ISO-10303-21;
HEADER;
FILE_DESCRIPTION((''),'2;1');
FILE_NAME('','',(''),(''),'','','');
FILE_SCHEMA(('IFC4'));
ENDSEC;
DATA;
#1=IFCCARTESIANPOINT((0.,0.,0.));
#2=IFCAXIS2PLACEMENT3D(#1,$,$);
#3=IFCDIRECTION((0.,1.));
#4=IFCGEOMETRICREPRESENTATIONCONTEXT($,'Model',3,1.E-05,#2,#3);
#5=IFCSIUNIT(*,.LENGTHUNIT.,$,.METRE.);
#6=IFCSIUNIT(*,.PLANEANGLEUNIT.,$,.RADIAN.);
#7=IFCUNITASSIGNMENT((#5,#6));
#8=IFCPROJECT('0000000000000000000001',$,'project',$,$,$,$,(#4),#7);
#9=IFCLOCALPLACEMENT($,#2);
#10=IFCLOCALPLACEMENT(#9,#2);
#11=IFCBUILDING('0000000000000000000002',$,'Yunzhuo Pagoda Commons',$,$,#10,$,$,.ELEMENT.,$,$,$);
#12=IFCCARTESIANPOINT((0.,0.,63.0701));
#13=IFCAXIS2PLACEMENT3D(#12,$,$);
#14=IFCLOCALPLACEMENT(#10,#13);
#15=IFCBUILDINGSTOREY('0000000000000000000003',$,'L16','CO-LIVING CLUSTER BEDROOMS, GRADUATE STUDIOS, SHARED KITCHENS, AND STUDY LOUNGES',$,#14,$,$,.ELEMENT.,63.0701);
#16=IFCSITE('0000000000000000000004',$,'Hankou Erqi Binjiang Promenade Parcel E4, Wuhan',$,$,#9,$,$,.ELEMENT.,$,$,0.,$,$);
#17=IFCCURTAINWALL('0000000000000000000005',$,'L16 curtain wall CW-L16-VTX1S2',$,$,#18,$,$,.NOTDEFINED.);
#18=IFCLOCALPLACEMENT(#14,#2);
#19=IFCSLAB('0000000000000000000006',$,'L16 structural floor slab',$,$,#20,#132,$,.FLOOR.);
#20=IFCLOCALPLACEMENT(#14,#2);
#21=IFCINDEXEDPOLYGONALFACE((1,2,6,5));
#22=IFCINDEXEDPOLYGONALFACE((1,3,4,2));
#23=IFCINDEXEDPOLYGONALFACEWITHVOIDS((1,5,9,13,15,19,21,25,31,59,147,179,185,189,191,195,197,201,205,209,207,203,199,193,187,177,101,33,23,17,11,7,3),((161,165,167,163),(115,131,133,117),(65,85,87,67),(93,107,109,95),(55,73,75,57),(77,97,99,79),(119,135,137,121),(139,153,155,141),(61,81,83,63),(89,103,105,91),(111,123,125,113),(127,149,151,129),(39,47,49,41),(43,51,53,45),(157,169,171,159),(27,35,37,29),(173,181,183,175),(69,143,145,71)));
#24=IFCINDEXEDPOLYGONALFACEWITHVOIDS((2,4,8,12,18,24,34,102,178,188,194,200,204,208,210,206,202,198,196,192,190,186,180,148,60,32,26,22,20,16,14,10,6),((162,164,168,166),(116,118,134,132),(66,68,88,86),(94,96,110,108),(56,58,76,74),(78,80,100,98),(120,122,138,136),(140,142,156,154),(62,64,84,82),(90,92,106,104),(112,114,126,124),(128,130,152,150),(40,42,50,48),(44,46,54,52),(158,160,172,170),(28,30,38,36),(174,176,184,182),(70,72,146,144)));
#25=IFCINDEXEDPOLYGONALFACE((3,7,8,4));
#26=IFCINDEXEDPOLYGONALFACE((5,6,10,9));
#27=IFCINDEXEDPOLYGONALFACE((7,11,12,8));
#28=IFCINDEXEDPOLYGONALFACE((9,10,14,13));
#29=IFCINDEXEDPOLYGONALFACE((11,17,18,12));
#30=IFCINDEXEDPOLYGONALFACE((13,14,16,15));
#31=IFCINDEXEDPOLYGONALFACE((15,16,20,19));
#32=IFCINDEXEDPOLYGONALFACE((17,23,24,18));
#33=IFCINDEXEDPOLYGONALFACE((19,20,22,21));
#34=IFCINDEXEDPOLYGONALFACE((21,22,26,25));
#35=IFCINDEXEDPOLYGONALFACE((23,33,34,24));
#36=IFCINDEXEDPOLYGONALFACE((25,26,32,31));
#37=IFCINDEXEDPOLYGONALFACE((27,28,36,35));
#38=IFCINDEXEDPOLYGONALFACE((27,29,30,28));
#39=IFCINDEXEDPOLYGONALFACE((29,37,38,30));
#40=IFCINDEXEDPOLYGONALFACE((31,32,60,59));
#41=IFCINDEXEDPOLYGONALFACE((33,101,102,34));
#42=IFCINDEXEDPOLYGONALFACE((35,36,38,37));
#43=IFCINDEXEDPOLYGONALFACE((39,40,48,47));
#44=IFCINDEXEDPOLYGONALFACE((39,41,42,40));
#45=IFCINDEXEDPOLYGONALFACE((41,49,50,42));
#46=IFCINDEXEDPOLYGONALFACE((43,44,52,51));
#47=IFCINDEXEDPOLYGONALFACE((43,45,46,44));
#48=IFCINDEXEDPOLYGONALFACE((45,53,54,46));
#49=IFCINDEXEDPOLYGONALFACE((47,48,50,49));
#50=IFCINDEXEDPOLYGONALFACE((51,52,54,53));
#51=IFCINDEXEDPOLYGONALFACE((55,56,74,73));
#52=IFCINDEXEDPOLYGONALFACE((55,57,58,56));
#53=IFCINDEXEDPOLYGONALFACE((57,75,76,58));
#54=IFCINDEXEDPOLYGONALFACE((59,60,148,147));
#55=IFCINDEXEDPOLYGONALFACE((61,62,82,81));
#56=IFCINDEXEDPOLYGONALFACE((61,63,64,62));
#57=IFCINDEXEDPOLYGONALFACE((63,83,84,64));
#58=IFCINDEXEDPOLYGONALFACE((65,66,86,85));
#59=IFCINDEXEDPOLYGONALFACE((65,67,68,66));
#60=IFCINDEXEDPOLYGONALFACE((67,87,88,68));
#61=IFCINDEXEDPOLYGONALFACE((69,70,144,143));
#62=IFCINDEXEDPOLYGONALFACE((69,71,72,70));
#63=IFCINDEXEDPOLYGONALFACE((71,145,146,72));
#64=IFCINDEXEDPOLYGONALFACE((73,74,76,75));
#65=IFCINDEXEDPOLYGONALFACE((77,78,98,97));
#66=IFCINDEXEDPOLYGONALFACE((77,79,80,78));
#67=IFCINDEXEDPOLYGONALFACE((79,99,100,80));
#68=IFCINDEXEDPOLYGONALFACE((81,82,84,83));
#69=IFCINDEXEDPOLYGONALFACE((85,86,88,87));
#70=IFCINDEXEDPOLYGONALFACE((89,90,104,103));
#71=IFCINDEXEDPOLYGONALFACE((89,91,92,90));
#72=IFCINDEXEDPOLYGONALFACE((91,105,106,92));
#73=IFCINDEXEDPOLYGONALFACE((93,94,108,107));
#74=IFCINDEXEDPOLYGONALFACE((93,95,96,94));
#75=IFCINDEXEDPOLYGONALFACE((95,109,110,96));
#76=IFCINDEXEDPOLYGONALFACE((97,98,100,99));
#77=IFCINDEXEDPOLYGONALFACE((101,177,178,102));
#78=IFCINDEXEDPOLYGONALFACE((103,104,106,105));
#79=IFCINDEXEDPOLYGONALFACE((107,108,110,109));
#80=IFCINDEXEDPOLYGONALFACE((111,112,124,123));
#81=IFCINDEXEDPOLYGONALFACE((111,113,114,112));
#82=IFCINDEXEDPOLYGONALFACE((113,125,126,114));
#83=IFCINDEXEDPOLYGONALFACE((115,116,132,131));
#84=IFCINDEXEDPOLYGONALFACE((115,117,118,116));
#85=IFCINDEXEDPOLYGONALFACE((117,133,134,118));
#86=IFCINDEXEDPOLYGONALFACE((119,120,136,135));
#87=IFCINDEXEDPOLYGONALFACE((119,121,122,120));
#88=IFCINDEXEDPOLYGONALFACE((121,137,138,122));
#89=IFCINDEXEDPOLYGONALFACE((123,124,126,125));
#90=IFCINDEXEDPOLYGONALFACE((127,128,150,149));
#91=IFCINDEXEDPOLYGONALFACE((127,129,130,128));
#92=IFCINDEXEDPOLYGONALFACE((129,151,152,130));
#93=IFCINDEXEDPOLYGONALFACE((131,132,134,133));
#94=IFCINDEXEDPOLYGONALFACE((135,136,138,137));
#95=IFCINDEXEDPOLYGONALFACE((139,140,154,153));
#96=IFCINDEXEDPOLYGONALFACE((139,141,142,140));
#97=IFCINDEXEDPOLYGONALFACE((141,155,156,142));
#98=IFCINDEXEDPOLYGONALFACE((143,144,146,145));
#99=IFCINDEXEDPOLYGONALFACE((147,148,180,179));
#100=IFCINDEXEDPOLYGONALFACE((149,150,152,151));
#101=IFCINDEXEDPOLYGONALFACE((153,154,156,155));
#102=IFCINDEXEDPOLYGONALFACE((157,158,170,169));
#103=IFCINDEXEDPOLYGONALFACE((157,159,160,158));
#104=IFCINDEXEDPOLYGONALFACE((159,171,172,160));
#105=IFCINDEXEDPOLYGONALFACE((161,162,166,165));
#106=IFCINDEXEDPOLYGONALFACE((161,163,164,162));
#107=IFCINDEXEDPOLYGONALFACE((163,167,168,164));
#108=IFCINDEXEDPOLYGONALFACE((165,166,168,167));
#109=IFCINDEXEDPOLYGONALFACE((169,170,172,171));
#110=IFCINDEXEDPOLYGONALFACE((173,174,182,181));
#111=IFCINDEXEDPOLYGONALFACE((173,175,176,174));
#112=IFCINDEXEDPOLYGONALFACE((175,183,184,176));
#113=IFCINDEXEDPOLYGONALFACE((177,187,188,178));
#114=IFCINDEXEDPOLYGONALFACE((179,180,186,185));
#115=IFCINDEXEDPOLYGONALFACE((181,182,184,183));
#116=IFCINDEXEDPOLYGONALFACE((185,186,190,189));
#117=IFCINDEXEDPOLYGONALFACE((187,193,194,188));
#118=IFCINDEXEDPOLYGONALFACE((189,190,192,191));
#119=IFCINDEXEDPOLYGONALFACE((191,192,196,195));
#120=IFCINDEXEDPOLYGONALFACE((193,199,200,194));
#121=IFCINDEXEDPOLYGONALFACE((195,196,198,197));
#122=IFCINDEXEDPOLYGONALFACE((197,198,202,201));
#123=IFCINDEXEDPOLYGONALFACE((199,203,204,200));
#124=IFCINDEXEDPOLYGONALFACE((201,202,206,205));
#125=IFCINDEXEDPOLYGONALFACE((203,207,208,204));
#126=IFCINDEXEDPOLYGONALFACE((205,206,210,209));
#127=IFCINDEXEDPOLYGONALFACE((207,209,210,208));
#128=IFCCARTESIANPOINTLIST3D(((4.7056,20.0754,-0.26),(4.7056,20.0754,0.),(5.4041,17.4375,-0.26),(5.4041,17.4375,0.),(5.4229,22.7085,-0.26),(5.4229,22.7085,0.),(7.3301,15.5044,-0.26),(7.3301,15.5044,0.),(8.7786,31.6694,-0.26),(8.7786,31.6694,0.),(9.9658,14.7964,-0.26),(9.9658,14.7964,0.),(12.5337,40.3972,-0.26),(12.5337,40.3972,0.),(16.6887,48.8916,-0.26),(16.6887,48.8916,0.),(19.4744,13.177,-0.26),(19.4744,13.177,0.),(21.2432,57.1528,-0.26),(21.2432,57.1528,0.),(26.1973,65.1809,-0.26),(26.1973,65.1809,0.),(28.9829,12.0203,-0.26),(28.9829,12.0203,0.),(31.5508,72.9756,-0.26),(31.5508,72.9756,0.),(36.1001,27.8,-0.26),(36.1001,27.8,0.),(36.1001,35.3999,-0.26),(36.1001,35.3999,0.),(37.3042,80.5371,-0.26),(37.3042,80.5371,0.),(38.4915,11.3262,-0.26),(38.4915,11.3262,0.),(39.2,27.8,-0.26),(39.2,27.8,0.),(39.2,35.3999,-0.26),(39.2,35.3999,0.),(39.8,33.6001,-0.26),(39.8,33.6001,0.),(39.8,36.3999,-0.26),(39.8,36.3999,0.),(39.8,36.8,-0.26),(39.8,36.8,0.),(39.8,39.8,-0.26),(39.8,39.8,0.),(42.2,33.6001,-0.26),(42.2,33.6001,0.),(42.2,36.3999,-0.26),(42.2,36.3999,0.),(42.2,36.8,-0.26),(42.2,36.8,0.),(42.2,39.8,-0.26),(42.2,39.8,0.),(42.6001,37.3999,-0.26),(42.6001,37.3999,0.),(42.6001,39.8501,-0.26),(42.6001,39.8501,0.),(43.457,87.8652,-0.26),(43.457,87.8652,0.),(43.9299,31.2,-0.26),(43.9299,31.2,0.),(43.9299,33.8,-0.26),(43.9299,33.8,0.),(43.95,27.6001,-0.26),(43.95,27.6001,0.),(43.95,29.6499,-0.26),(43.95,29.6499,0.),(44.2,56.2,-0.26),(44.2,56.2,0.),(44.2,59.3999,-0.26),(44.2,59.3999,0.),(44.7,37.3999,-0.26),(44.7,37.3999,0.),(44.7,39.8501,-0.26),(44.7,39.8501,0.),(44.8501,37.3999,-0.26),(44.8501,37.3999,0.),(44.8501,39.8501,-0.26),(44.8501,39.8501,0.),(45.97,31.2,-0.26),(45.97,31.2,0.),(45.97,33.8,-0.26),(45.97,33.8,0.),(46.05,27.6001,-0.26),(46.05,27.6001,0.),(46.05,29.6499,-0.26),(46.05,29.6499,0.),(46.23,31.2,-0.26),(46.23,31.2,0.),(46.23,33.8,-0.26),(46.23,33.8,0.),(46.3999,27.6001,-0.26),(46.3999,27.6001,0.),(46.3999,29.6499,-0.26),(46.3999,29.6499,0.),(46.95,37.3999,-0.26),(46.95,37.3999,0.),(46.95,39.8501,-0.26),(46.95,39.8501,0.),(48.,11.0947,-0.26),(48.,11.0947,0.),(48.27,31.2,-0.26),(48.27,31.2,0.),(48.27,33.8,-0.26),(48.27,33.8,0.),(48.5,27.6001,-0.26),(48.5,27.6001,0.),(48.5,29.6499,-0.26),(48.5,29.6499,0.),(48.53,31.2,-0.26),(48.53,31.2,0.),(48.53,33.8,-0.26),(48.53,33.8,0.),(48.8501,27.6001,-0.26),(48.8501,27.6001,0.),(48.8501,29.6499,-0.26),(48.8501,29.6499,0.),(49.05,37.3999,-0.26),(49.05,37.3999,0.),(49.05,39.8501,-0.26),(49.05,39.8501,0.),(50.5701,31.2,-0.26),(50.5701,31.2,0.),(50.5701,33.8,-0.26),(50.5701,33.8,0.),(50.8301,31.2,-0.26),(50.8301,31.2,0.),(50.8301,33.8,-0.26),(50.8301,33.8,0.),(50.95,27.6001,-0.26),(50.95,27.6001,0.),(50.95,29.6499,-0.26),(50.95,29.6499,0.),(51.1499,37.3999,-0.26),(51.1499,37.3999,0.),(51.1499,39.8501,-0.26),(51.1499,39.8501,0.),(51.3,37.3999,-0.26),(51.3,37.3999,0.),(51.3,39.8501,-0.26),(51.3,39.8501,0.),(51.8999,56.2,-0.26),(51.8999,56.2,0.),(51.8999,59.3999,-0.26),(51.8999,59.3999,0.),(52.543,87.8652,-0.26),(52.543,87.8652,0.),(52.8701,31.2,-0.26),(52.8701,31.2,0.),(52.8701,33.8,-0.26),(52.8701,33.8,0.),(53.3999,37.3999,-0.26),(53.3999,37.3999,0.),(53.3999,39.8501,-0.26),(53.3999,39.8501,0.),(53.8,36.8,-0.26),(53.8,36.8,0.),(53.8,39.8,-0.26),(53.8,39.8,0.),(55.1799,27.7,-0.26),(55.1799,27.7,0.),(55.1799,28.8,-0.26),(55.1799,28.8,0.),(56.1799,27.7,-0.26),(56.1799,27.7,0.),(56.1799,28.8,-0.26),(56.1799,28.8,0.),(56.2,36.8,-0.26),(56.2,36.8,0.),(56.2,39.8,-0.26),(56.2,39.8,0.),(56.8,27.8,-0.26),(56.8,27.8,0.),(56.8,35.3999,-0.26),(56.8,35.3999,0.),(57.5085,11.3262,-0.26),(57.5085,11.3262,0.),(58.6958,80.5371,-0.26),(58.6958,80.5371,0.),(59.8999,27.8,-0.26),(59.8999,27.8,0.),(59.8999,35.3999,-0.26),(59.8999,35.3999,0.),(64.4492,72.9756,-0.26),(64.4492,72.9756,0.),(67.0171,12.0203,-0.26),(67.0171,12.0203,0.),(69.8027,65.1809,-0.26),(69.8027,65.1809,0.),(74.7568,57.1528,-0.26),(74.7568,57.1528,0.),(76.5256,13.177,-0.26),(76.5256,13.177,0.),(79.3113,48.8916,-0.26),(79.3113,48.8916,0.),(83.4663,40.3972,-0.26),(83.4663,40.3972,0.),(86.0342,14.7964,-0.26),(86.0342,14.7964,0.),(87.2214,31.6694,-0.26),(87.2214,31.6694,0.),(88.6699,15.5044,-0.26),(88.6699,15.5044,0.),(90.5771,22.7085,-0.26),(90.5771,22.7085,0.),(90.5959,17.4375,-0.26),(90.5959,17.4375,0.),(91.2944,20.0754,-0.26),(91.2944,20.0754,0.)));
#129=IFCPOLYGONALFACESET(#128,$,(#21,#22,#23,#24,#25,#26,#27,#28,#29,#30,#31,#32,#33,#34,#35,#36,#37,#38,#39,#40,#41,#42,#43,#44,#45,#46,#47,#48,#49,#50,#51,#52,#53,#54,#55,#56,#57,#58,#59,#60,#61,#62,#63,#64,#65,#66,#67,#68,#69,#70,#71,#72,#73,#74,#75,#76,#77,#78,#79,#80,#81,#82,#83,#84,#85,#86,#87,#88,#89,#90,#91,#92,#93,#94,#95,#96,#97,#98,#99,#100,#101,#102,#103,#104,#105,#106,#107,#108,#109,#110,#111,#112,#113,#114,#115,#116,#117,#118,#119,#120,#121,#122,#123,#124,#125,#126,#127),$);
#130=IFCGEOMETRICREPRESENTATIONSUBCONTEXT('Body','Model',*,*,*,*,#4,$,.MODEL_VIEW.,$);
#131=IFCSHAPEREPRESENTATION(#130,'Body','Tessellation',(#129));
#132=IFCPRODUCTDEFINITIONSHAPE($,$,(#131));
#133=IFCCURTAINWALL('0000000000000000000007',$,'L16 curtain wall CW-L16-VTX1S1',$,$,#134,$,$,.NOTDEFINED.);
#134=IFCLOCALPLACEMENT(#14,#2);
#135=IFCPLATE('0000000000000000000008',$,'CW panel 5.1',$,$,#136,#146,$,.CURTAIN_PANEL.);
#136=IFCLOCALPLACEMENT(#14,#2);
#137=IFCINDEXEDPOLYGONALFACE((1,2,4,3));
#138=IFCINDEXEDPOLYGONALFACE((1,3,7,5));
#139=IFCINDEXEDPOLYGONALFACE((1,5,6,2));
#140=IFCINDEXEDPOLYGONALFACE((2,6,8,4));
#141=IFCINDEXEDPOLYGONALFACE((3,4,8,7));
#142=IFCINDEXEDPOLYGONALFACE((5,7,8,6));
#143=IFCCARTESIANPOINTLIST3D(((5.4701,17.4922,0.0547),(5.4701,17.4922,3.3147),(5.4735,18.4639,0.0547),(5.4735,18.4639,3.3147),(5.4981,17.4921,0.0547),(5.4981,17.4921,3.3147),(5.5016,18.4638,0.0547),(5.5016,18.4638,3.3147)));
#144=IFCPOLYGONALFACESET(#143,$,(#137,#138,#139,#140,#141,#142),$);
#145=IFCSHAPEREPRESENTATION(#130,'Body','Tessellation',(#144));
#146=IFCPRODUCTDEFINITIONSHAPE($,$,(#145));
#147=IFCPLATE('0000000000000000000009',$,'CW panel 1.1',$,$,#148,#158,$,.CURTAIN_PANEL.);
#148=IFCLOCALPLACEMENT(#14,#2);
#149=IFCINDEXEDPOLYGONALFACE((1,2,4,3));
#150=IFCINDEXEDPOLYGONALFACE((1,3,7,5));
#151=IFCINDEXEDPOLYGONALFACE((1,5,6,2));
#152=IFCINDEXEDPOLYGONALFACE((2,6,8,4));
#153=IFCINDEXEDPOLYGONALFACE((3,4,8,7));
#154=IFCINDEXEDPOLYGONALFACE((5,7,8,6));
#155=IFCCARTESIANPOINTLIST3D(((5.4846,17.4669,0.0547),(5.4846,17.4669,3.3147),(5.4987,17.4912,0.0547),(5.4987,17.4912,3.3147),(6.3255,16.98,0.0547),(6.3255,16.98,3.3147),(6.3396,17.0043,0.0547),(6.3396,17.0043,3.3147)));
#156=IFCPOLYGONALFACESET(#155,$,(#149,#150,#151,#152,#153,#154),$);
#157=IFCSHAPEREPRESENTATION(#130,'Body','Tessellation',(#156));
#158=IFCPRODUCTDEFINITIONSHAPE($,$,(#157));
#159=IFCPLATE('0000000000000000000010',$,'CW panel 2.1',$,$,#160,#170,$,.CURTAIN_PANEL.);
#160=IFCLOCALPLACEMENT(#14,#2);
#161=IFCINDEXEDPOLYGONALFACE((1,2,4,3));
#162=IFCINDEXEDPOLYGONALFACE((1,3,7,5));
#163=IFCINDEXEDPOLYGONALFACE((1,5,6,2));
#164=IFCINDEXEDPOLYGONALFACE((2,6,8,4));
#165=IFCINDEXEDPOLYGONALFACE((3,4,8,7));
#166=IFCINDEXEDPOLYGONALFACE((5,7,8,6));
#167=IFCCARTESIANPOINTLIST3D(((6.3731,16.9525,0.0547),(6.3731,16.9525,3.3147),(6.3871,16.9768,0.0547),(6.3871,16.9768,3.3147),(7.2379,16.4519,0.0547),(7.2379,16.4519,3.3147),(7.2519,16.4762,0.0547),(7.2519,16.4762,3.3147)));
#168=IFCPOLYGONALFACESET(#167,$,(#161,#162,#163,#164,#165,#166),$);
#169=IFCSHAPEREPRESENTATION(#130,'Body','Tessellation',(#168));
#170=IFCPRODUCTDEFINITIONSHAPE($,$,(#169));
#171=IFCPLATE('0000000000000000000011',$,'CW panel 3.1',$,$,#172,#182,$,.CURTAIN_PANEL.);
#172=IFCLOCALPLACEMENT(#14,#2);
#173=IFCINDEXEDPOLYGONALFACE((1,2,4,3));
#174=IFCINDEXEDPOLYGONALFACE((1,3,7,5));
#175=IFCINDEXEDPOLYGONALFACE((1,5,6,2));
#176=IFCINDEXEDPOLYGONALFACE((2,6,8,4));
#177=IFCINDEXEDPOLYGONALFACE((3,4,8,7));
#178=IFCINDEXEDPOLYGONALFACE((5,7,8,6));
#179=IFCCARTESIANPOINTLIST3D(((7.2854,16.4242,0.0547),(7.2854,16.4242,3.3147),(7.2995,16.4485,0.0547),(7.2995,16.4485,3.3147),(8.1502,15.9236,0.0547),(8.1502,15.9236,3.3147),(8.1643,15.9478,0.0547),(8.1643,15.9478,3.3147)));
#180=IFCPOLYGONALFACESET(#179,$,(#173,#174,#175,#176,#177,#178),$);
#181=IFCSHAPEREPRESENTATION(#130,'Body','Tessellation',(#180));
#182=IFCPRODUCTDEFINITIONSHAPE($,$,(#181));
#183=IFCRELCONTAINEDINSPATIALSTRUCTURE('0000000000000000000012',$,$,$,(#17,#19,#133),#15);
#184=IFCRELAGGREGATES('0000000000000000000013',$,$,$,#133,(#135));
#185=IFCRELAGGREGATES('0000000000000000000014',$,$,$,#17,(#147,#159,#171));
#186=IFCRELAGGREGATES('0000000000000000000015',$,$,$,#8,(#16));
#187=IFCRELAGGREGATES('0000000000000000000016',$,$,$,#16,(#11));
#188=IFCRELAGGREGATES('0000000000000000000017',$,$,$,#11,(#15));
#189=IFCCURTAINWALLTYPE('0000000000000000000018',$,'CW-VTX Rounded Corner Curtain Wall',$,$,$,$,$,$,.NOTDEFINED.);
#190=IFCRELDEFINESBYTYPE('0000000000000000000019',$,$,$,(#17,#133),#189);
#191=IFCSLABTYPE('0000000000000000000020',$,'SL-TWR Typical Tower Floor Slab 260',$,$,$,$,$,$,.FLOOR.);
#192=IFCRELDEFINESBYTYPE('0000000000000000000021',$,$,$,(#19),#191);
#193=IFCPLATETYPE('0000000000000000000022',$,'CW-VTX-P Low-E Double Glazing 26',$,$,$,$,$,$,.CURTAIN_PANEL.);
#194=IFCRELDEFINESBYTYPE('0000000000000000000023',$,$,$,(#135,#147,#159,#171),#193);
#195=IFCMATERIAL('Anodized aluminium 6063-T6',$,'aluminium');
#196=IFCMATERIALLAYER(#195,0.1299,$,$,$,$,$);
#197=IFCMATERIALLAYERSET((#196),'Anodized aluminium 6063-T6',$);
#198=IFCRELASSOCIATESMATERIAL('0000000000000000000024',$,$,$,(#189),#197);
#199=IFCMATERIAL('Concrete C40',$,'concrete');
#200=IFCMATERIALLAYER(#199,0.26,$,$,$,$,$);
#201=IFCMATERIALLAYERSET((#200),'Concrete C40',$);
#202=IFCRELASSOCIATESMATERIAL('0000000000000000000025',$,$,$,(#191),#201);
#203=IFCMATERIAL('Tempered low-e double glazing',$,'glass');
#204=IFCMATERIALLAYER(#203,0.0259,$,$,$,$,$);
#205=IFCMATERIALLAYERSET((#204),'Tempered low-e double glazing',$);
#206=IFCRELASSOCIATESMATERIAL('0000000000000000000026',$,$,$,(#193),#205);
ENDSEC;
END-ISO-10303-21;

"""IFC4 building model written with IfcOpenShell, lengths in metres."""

from ifc_helpers import new_model, si_unit, direction, frame, origin, origin_2d, place, context, subcontext, project, spatial, polyline, rectangle, outline, extrude, source, transform, mapped, material, layer, layer_set, type_object, element, aggregate, save


model = new_model("IFC4")

# Units and contexts
model_context = context("Model", 3, precision=1e-05, world=origin(), true_north=direction((0.0, 1.0)))
body_context = subcontext(model_context, "Body", "Model", "MODEL_VIEW")
ifc_project = project(units=[si_unit("LENGTHUNIT", "METRE"), si_unit("PLANEANGLEUNIT", "RADIAN")], contexts=[model_context])

# Site, building, storey
site_placement = place(None, origin())
site = spatial("IfcSite", under=ifc_project, at=site_placement, Name="Hankou Erqi Binjiang Promenade Parcel E4, Wuhan", CompositionType="ELEMENT", RefElevation=0.0)
building_placement = place(site_placement, origin())
building = spatial("IfcBuilding", under=site, at=building_placement, Name="Yunzhuo Pagoda Commons", CompositionType="ELEMENT")
storey_placement = place(building_placement, frame((0.0, 0.0, 63.0701)))
storey = spatial("IfcBuildingStorey", under=building, at=storey_placement, Name="L16", Description="CO-LIVING CLUSTER BEDROOMS, GRADUATE STUDIOS, SHARED KITCHENS, AND STUDY LOUNGES", CompositionType="ELEMENT", Elevation=63.0701)

# Curtain wall
ifc_material_1 = material(Name="Anodized aluminium 6063-T6", Category="aluminium")
ifc_layer_1 = layer(ifc_material_1, 0.1299)
ifc_layer_set_1 = layer_set([ifc_layer_1], Name="Anodized aluminium 6063-T6")
curtain_wall_type = type_object("IfcCurtainWallType", Name="CW-VTX Rounded Corner Curtain Wall", PredefinedType="NOTDEFINED", material=ifc_layer_set_1)
curtain_wall_1_placement = place(storey_placement, origin())
curtain_wall_1 = element("IfcCurtainWall", 1, at=curtain_wall_1_placement, inside=storey, type_object=curtain_wall_type, Name="L16 curtain wall CW-L16-VTX1S2", PredefinedType="NOTDEFINED")

# Shared definitions
ifc_material_2 = material(Name="Concrete C40", Category="concrete")

# Slab
ifc_layer_2 = layer(ifc_material_2, 0.26)
ifc_layer_set_2 = layer_set([ifc_layer_2], Name="Concrete C40")
slab_type_1 = type_object("IfcSlabType", Name="SL-TWR Typical Tower Floor Slab 260", PredefinedType="FLOOR", material=ifc_layer_set_2)
slab_1_placement = place(storey_placement, frame((0.0, 0.0, -0.26)))
element("IfcSlab", 2, at=slab_1_placement, inside=storey, type_object=slab_type_1, Name="L16 structural floor slab", PredefinedType="FLOOR", context=body_context, shape_type="SweptSolid", body=[
    extrude(outline(polyline([(8.7786, 31.6694), (12.5337, 40.3972), (16.6887, 48.8916), (21.2432, 57.1528), (26.1973, 65.1809), (31.5508, 72.9756), (37.3042, 80.5371), (43.457, 87.8652), (52.543, 87.8652), (58.6958, 80.5371), (64.4492, 72.9756), (69.8027, 65.1809), (74.7568, 57.1528), (79.3113, 48.8916), (83.4663, 40.3972), (87.2214, 31.6694), (90.5771, 22.7085), (91.2944, 20.0754), (90.5959, 17.4375), (88.6699, 15.5044), (86.0342, 14.7964), (76.5256, 13.177), (67.0171, 12.0203), (57.5085, 11.3262), (48.0, 11.0947), (38.4915, 11.3262), (28.9829, 12.0203), (19.4744, 13.177), (9.9658, 14.7964), (7.3301, 15.5044), (5.4041, 17.4375), (4.7056, 20.0754), (5.4229, 22.7085), (8.7786, 31.6694)]), holes=[polyline([(46.05, 27.6001), (46.05, 29.6499), (43.95, 29.6499), (43.95, 27.6001), (46.05, 27.6001)]), polyline([(48.5, 27.6001), (48.5, 29.6499), (46.3999, 29.6499), (46.3999, 27.6001), (48.5, 27.6001)]), polyline([(36.1001, 27.8), (39.2, 27.8), (39.2, 35.3999), (36.1001, 35.3999), (36.1001, 27.8)]), polyline([(45.97, 31.2), (45.97, 33.8), (43.9299, 33.8), (43.9299, 31.2), (45.97, 31.2)]), polyline([(48.27, 31.2), (48.27, 33.8), (46.23, 33.8), (46.23, 31.2), (48.27, 31.2)]), polyline([(42.2, 33.6001), (42.2, 36.3999), (39.8, 36.3999), (39.8, 33.6001), (42.2, 33.6001)]), polyline([(42.2, 36.8), (42.2, 39.8), (39.8, 39.8), (39.8, 36.8), (42.2, 36.8)]), polyline([(42.6001, 37.3999), (44.7, 37.3999), (44.7, 39.8501), (42.6001, 39.8501), (42.6001, 37.3999)]), polyline([(44.8501, 37.3999), (46.95, 37.3999), (46.95, 39.8501), (44.8501, 39.8501), (44.8501, 37.3999)]), polyline([(56.1799, 27.7), (56.1799, 28.8), (55.1799, 28.8), (55.1799, 27.7), (56.1799, 27.7)]), polyline([(50.95, 27.6001), (50.95, 29.6499), (48.8501, 29.6499), (48.8501, 27.6001), (50.95, 27.6001)]), polyline([(56.8, 27.8), (59.8999, 27.8), (59.8999, 35.3999), (56.8, 35.3999), (56.8, 27.8)]), polyline([(50.5701, 31.2), (50.5701, 33.8), (48.53, 33.8), (48.53, 31.2), (50.5701, 31.2)]), polyline([(52.8701, 31.2), (52.8701, 33.8), (50.8301, 33.8), (50.8301, 31.2), (52.8701, 31.2)]), polyline([(56.2, 36.8), (56.2, 39.8), (53.8, 39.8), (53.8, 36.8), (56.2, 36.8)]), polyline([(51.1499, 37.3999), (51.1499, 39.8501), (49.05, 39.8501), (49.05, 37.3999), (51.1499, 37.3999)]), polyline([(51.3, 37.3999), (53.3999, 37.3999), (53.3999, 39.8501), (51.3, 39.8501), (51.3, 37.3999)]), polyline([(44.2, 56.2), (51.8999, 56.2), (51.8999, 59.3999), (44.2, 59.3999), (44.2, 56.2)])]), origin(), (0.0, 0.0, 1.0), 0.26),
])

# Curtain wall, plate
curtain_wall_2_placement = place(storey_placement, origin())
curtain_wall_2 = element("IfcCurtainWall", 3, at=curtain_wall_2_placement, inside=storey, type_object=curtain_wall_type, Name="L16 curtain wall CW-L16-VTX1S1", PredefinedType="NOTDEFINED")
ifc_material_3 = material(Name="Tempered low-e double glazing", Category="glass")
ifc_layer_3 = layer(ifc_material_3, 0.0259)
ifc_layer_set_3 = layer_set([ifc_layer_3], Name="Tempered low-e double glazing")
plate_type = type_object("IfcPlateType", Name="CW-VTX-P Low-E Double Glazing 26", PredefinedType="CURTAIN_PANEL", material=ifc_layer_set_3)
shared_shape_1 = source(origin(), body_context, "Body", "SweptSolid", [
    extrude(rectangle(XDim=0.9717, YDim=0.0281, at=origin_2d()), origin(), (0.0, 0.0, 1.0), 3.26),
])
plate_1_placement = place(storey_placement, frame((5.4858, 17.978, 0.0547), z_axis=(0.0, 0.0, 1.0), x_axis=(-0.003586, -0.999994, 0.0)))
plate_1 = element("IfcPlate", 4, at=plate_1_placement, type_object=plate_type, Name="CW panel 5.1", PredefinedType="CURTAIN_PANEL", context=body_context, shape_type="MappedRepresentation", body=[
    mapped(shared_shape_1, transform((0.0, 0.0, 0.0), scale=1.0)),
])
aggregate(curtain_wall_2, [plate_1])

# Plates
plate_2_placement = place(storey_placement, frame((5.9121, 17.2356, 0.0547), z_axis=(0.0, 0.0, 1.0), x_axis=(0.865425, -0.501039, 0.0)))
plate_2 = element("IfcPlate", 5, at=plate_2_placement, type_object=plate_type, Name="CW panel 1.1", PredefinedType="CURTAIN_PANEL", context=body_context, shape_type="MappedRepresentation", body=[
    mapped(shared_shape_1, transform((0.0, 0.0, 0.0), scale=1.0)),
])
shared_shape_2 = source(origin(), body_context, "Body", "SweptSolid", [
    extrude(rectangle(XDim=0.9993, YDim=0.0281, at=origin_2d()), origin(), (0.0, 0.0, 1.0), 3.26),
])
plate_3_placement = place(storey_placement, frame((6.8125, 16.7144, 0.0547), z_axis=(0.0, 0.0, 1.0), x_axis=(0.865425, -0.501039, 0.0)))
plate_3 = element("IfcPlate", 6, at=plate_3_placement, type_object=plate_type, Name="CW panel 2.1", PredefinedType="CURTAIN_PANEL", context=body_context, shape_type="MappedRepresentation", body=[
    mapped(shared_shape_2, transform((0.0, 0.0, 0.0), scale=1.0)),
])
plate_4_placement = place(storey_placement, frame((7.7249, 16.186, 0.0547), z_axis=(0.0, 0.0, 1.0), x_axis=(0.865425, -0.501039, 0.0)))
plate_4 = element("IfcPlate", 7, at=plate_4_placement, type_object=plate_type, Name="CW panel 3.1", PredefinedType="CURTAIN_PANEL", context=body_context, shape_type="MappedRepresentation", body=[
    mapped(shared_shape_2, transform((0.0, 0.0, 0.0), scale=1.0)),
])
aggregate(curtain_wall_1, [plate_2, plate_3, plate_4])

save(model, "model.ifc")
